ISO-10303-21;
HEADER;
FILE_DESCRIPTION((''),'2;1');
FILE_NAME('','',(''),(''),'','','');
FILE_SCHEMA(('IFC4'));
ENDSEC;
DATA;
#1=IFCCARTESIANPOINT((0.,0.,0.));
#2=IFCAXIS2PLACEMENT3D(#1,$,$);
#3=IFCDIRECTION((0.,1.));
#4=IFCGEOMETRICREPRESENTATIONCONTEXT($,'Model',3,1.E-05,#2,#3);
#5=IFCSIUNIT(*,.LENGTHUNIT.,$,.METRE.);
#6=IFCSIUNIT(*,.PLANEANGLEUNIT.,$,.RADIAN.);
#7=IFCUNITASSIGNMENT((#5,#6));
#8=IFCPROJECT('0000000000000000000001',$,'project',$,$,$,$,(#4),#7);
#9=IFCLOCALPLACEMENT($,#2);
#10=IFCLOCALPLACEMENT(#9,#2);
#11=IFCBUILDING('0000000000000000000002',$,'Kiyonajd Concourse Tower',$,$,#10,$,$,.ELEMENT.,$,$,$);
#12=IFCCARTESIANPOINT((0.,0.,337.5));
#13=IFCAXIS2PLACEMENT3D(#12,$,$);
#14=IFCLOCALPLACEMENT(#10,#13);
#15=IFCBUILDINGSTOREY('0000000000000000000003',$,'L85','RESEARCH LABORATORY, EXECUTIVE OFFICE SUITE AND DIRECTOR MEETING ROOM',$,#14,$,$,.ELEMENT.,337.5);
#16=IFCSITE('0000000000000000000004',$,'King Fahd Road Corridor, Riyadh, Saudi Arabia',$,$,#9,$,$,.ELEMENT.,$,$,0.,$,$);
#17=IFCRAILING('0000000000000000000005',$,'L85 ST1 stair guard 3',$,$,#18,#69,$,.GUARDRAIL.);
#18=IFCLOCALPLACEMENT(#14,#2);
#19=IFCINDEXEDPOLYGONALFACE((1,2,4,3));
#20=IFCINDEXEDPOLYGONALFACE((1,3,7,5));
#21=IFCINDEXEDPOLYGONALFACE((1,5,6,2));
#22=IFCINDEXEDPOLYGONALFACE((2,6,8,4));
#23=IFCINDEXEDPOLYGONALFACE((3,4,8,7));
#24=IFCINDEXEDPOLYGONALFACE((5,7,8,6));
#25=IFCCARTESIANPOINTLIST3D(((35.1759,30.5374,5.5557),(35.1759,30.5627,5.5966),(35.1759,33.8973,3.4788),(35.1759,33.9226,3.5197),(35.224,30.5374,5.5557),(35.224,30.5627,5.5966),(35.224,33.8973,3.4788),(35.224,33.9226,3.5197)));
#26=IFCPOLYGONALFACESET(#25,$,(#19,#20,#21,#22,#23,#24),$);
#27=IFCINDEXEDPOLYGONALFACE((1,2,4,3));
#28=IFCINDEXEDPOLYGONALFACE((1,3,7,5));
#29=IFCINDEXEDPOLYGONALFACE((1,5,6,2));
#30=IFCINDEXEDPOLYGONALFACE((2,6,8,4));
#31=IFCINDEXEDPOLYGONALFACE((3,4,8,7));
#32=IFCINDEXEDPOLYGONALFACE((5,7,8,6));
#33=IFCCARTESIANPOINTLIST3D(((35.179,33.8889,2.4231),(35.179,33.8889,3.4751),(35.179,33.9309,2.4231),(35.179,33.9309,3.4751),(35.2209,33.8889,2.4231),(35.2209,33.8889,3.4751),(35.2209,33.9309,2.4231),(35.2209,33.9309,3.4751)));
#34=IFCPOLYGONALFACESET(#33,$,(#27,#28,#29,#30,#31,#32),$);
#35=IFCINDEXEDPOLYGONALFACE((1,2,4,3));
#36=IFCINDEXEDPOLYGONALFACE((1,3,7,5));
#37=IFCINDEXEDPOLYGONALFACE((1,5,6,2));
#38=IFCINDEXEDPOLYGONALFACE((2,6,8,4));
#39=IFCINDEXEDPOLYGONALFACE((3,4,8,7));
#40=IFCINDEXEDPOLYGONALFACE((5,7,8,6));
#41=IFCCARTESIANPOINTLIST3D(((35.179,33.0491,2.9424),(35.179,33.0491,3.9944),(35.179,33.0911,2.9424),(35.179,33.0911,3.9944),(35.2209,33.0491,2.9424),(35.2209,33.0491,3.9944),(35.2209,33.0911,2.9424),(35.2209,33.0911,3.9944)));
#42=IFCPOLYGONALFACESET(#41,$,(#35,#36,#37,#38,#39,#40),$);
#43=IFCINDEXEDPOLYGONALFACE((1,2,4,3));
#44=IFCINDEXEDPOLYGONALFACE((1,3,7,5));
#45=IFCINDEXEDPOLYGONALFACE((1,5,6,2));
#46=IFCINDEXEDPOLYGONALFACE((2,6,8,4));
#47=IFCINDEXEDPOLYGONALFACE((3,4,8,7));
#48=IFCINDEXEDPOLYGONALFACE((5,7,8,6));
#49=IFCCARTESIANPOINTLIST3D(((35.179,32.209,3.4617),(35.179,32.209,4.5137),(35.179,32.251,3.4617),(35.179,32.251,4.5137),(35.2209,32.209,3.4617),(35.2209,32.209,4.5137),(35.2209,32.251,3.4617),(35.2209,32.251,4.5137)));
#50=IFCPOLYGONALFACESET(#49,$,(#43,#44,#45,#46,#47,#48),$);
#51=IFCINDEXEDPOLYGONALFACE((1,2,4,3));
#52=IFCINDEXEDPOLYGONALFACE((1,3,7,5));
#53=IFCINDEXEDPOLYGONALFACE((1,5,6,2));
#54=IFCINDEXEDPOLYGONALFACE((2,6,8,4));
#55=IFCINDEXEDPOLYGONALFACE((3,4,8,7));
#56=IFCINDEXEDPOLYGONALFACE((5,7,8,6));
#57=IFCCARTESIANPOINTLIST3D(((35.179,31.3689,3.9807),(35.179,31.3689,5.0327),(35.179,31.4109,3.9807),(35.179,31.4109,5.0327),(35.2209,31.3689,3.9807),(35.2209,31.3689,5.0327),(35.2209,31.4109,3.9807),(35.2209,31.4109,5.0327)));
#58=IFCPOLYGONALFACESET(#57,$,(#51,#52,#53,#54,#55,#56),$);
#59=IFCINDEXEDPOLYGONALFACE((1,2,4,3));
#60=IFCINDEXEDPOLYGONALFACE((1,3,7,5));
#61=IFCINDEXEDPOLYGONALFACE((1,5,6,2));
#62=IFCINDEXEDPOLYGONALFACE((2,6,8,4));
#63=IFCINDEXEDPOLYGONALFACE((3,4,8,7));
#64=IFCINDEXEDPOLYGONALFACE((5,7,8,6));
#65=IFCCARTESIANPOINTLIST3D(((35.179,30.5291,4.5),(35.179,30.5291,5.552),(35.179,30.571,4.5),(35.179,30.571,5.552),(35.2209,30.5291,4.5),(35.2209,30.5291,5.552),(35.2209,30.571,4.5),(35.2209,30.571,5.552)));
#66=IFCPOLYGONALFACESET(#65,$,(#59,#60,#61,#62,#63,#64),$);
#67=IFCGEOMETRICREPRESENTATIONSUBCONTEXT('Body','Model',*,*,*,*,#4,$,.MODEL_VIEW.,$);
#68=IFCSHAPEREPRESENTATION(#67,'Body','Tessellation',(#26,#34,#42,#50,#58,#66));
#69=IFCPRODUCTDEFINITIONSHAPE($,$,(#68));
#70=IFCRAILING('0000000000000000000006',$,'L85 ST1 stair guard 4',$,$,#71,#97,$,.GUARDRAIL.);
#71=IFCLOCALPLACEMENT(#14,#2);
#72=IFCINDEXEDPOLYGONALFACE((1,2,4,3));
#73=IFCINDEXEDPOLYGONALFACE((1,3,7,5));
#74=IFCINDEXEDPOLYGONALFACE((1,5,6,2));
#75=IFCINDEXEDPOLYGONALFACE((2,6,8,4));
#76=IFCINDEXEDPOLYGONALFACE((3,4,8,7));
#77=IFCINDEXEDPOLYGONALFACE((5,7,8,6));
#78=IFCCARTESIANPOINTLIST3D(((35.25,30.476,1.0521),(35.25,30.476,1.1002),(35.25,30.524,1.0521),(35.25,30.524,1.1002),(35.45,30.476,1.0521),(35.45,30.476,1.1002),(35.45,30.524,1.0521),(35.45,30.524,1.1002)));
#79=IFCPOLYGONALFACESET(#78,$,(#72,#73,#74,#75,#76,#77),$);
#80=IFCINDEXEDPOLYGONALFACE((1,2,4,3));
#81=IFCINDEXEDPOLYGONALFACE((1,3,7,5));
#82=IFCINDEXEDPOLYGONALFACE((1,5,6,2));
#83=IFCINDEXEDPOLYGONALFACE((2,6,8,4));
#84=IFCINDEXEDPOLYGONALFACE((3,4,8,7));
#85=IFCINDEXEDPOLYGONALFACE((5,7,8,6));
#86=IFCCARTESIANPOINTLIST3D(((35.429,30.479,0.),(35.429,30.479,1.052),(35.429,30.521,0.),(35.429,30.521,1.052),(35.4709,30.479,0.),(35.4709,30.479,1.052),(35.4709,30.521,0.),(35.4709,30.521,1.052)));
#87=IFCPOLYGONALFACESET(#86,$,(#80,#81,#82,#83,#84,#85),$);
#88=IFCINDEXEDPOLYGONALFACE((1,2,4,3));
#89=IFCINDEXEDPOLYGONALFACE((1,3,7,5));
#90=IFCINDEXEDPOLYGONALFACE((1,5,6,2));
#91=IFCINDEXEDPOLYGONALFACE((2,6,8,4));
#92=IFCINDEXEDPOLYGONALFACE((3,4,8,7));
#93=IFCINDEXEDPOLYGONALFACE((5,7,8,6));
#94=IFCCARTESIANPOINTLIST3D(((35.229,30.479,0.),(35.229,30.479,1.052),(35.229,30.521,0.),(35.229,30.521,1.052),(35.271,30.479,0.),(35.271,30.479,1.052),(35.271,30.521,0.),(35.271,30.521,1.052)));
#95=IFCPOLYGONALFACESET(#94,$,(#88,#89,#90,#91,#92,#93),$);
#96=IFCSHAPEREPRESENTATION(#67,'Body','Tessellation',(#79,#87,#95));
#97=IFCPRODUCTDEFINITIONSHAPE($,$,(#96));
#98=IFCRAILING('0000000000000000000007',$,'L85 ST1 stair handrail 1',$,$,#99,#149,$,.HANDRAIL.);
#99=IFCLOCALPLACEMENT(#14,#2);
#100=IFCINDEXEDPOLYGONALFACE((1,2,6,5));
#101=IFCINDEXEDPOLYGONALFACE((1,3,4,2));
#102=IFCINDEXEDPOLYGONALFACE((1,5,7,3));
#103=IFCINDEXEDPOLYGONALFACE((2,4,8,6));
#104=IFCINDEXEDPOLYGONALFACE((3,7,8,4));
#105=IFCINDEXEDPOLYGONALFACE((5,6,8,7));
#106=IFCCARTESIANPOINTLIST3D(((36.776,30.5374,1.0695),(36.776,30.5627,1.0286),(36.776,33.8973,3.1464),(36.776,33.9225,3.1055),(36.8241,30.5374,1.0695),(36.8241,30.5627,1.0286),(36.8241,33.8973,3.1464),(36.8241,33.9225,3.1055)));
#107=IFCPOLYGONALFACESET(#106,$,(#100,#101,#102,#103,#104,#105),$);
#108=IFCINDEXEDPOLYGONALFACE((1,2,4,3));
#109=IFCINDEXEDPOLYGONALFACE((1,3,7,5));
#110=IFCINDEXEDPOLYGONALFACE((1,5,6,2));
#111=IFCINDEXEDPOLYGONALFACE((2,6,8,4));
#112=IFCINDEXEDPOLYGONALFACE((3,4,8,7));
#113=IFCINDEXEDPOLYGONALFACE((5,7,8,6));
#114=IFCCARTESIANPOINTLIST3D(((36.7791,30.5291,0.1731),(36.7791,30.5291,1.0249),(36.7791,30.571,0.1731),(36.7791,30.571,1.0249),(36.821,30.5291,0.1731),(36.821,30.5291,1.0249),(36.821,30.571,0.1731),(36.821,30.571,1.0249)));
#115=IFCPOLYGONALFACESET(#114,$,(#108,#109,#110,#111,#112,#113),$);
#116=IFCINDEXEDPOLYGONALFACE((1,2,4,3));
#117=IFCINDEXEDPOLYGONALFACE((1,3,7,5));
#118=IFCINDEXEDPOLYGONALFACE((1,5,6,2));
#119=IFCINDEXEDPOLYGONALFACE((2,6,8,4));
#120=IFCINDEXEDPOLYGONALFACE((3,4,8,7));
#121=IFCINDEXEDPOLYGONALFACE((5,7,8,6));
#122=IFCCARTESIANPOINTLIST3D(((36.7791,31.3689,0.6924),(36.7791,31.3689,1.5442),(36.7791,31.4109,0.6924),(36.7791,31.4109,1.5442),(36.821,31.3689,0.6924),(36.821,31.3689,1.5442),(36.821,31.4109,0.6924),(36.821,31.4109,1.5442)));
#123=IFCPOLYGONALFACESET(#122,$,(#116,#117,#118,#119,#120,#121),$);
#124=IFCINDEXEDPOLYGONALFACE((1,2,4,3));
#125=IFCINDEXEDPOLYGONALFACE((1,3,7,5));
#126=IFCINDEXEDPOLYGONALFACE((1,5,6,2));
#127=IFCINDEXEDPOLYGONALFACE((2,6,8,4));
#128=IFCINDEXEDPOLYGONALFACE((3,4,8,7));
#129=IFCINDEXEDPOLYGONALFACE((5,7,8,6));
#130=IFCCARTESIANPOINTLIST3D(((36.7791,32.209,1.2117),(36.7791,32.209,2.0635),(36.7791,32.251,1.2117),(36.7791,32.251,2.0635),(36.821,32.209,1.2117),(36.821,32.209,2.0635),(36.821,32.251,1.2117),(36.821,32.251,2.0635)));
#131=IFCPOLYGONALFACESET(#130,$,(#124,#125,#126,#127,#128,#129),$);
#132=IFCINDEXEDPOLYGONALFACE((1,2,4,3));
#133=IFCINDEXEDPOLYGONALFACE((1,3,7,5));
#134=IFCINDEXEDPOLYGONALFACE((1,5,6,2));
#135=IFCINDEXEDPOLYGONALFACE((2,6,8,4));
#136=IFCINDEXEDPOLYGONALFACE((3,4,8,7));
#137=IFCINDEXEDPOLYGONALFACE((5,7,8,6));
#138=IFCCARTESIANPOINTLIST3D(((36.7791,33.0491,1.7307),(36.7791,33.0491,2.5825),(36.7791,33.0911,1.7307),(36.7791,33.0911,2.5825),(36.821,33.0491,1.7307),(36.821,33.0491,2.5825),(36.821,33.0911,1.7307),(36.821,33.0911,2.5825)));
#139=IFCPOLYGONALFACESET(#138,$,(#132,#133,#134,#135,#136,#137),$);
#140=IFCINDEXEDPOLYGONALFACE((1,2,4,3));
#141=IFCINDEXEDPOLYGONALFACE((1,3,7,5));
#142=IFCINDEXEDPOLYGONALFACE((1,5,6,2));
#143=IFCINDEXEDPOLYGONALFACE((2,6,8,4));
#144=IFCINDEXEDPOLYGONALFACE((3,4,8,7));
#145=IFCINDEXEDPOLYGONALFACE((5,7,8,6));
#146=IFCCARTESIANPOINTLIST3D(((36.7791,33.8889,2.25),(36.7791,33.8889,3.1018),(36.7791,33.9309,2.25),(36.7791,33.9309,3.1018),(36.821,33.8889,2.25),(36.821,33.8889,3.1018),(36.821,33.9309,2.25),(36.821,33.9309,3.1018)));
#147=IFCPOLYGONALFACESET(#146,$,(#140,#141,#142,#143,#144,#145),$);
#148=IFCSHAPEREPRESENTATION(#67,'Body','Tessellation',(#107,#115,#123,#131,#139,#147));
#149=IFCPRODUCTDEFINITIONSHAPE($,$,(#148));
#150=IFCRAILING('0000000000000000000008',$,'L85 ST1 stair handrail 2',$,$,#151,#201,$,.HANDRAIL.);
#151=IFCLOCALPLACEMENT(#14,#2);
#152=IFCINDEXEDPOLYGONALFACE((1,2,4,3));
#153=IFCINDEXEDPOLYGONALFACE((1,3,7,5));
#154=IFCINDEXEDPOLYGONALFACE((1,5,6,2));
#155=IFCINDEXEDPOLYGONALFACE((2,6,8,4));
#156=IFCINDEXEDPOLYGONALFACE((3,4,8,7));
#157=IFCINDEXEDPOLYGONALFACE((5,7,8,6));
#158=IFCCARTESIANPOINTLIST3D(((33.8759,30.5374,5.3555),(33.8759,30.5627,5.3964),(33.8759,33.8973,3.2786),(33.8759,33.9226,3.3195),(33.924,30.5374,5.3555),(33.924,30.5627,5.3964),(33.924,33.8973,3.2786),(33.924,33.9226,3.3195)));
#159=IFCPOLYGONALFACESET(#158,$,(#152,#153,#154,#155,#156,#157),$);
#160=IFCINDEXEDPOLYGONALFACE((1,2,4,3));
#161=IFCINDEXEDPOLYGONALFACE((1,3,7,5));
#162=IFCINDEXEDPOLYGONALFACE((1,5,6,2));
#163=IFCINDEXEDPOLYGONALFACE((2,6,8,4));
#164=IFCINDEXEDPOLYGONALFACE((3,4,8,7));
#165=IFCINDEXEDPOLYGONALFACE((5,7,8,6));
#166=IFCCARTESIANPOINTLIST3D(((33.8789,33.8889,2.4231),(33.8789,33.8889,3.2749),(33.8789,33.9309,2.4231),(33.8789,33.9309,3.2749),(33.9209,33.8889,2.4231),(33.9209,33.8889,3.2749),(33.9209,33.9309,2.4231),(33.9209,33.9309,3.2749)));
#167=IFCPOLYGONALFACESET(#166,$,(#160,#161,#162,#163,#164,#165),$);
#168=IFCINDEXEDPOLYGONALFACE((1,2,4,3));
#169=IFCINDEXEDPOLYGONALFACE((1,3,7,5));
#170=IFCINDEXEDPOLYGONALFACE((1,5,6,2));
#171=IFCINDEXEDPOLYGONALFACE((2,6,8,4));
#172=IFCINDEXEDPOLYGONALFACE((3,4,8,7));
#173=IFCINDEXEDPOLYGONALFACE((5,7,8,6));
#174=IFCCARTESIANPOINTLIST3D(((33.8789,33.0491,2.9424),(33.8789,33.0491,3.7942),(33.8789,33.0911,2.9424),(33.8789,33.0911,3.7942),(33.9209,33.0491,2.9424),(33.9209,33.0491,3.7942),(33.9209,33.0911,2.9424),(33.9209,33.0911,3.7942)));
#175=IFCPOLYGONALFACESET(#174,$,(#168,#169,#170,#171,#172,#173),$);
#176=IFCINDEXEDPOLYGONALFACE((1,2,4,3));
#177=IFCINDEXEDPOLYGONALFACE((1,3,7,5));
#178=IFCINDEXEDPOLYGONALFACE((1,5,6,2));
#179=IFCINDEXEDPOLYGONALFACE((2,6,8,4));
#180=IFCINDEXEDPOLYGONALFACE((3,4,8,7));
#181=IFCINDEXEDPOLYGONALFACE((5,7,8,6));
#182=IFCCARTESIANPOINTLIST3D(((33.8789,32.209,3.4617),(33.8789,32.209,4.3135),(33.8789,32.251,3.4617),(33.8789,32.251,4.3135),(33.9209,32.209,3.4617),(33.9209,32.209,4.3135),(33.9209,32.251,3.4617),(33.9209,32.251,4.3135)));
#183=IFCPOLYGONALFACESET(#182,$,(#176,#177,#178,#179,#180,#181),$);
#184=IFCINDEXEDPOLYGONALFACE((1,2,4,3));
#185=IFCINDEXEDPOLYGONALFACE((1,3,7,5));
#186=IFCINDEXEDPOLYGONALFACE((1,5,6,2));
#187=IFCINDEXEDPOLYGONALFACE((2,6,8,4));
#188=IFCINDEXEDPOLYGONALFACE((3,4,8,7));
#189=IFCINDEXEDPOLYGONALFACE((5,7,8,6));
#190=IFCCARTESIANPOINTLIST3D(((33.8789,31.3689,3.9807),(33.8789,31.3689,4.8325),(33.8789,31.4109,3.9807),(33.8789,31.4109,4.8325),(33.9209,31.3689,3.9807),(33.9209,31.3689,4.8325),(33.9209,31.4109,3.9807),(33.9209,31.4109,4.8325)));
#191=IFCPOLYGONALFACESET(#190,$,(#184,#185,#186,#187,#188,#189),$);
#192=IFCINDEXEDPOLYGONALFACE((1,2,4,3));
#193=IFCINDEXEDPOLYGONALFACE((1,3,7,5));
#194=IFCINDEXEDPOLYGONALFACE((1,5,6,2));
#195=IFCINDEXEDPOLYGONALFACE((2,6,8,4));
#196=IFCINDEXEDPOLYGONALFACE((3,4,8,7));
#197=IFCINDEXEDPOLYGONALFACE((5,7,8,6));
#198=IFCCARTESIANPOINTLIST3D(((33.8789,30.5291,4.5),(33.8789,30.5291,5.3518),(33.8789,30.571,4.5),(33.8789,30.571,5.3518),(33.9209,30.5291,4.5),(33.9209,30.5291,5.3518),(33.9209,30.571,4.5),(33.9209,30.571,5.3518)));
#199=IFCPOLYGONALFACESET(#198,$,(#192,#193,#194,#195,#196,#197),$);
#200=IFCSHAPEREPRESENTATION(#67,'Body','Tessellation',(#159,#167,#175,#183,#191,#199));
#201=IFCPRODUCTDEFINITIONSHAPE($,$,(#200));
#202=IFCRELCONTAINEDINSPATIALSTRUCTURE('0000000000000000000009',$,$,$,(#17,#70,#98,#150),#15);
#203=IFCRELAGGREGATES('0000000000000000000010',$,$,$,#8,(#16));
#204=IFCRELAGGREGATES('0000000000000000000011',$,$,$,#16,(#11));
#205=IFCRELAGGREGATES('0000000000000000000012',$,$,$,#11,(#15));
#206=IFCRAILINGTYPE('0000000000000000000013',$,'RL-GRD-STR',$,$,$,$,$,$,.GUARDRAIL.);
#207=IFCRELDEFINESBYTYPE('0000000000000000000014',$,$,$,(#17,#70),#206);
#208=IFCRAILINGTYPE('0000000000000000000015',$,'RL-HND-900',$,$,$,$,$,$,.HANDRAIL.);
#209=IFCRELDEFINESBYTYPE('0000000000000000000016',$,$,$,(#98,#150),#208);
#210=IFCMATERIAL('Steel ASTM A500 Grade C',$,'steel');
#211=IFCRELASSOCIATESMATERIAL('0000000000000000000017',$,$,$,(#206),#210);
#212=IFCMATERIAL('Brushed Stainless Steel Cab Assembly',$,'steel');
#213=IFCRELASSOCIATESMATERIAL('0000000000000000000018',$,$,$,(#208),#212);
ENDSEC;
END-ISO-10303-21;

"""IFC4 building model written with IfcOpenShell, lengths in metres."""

from ifc_helpers import new_model, si_unit, direction, frame, origin, origin_2d, place, context, subcontext, project, spatial, rectangle, extrude, material, type_object, element, save


model = new_model("IFC4")

# Units and contexts
model_context = context("Model", 3, precision=1e-05, world=origin(), true_north=direction((0.0, 1.0)))
body_context = subcontext(model_context, "Body", "Model", "MODEL_VIEW")
ifc_project = project(units=[si_unit("LENGTHUNIT", "METRE"), si_unit("PLANEANGLEUNIT", "RADIAN")], contexts=[model_context])

# Site, building, storey
site_placement = place(None, origin())
site = spatial("IfcSite", under=ifc_project, at=site_placement, Name="King Fahd Road Corridor, Riyadh, Saudi Arabia", CompositionType="ELEMENT", RefElevation=0.0)
building_placement = place(site_placement, origin())
building = spatial("IfcBuilding", under=site, at=building_placement, Name="Kiyonajd Concourse Tower", CompositionType="ELEMENT")
storey_placement = place(building_placement, frame((0.0, 0.0, 337.5)))
storey = spatial("IfcBuildingStorey", under=building, at=storey_placement, Name="L85", Description="RESEARCH LABORATORY, EXECUTIVE OFFICE SUITE AND DIRECTOR MEETING ROOM", CompositionType="ELEMENT", Elevation=337.5)

# Shared definitions
ifc_material_1 = material(Name="Brushed Stainless Steel Cab Assembly", Category="steel")

# Railings
ifc_material_2 = material(Name="Steel ASTM A500 Grade C", Category="steel")
railing_type_1 = type_object("IfcRailingType", Name="RL-GRD-STR", PredefinedType="GUARDRAIL", material=ifc_material_2)
railing_1_placement = place(storey_placement, frame((35.2, 33.9099, 2.4231)))
element("IfcRailing", 1, at=railing_1_placement, inside=storey, type_object=railing_type_1, Name="L85 ST1 stair guard 3", PredefinedType="GUARDRAIL", context=body_context, shape_type="SweptSolid", body=[
    extrude(rectangle(XDim=0.0481, YDim=0.0481, at=origin_2d()), frame((0.0, 0.0, 1.0762), z_axis=(0.0, -0.850606, 0.525803), x_axis=(1.0, 0.0, 0.0)), (0.0, 0.0, 1.0), 3.95),
    extrude(rectangle(XDim=0.042, YDim=0.042, at=origin_2d()), origin(), (0.0, 0.0, 1.0), 1.052),
    extrude(rectangle(XDim=0.042, YDim=0.042, at=origin_2d()), frame((0.0, -0.8398, 0.5193)), (0.0, 0.0, 1.0), 1.052),
    extrude(rectangle(XDim=0.042, YDim=0.042, at=origin_2d()), frame((0.0, -1.6799, 1.0386)), (0.0, 0.0, 1.0), 1.052),
    extrude(rectangle(XDim=0.042, YDim=0.042, at=origin_2d()), frame((0.0, -2.52, 1.5576)), (0.0, 0.0, 1.0), 1.052),
    extrude(rectangle(XDim=0.042, YDim=0.042, at=origin_2d()), frame((0.0, -3.3599, 2.0769)), (0.0, 0.0, 1.0), 1.052),
])
railing_2_placement = place(storey_placement, frame((35.45, 30.5, 0.0)))
element("IfcRailing", 2, at=railing_2_placement, inside=storey, type_object=railing_type_1, Name="L85 ST1 stair guard 4", PredefinedType="GUARDRAIL", context=body_context, shape_type="SweptSolid", body=[
    extrude(rectangle(XDim=0.0481, YDim=0.0481, at=origin_2d()), frame((0.0, 0.0, 1.0762), z_axis=(-1.0, 0.0, 0.0), x_axis=(0.0, -1.0, 0.0)), (0.0, 0.0, 1.0), 0.2),
    extrude(rectangle(XDim=0.042, YDim=0.042, at=origin_2d()), origin(), (0.0, 0.0, 1.0), 1.052),
    extrude(rectangle(XDim=0.042, YDim=0.042, at=origin_2d()), frame((-0.2, 0.0, 0.0)), (0.0, 0.0, 1.0), 1.052),
])
railing_type_2 = type_object("IfcRailingType", Name="RL-HND-900", PredefinedType="HANDRAIL", material=ifc_material_1)
railing_3_placement = place(storey_placement, frame((36.8, 30.55, 0.1731)))
element("IfcRailing", 3, at=railing_3_placement, inside=storey, type_object=railing_type_2, Name="L85 ST1 stair handrail 1", PredefinedType="HANDRAIL", context=body_context, shape_type="SweptSolid", body=[
    extrude(rectangle(XDim=0.0481, YDim=0.0481, at=origin_2d()), frame((0.0, 0.0, 0.876), z_axis=(0.0, 0.850606, 0.525803), x_axis=(-1.0, 0.0, 0.0)), (0.0, 0.0, 1.0), 3.95),
    extrude(rectangle(XDim=0.042, YDim=0.042, at=origin_2d()), origin(), (0.0, 0.0, 1.0), 0.8518),
    extrude(rectangle(XDim=0.042, YDim=0.042, at=origin_2d()), frame((0.0, 0.8398, 0.5193)), (0.0, 0.0, 1.0), 0.8518),
    extrude(rectangle(XDim=0.042, YDim=0.042, at=origin_2d()), frame((0.0, 1.6799, 1.0386)), (0.0, 0.0, 1.0), 0.8518),
    extrude(rectangle(XDim=0.042, YDim=0.042, at=origin_2d()), frame((0.0, 2.52, 1.5576)), (0.0, 0.0, 1.0), 0.8518),
    extrude(rectangle(XDim=0.042, YDim=0.042, at=origin_2d()), frame((0.0, 3.3599, 2.0769)), (0.0, 0.0, 1.0), 0.8518),
])
railing_4_placement = place(storey_placement, frame((33.8999, 33.9099, 2.4231)))
element("IfcRailing", 4, at=railing_4_placement, inside=storey, type_object=railing_type_2, Name="L85 ST1 stair handrail 2", PredefinedType="HANDRAIL", context=body_context, shape_type="SweptSolid", body=[
    extrude(rectangle(XDim=0.0481, YDim=0.0481, at=origin_2d()), frame((0.0, 0.0, 0.876), z_axis=(0.0, -0.850606, 0.525803), x_axis=(1.0, 0.0, 0.0)), (0.0, 0.0, 1.0), 3.95),
    extrude(rectangle(XDim=0.042, YDim=0.042, at=origin_2d()), origin(), (0.0, 0.0, 1.0), 0.8518),
    extrude(rectangle(XDim=0.042, YDim=0.042, at=origin_2d()), frame((0.0, -0.8398, 0.5193)), (0.0, 0.0, 1.0), 0.8518),
    extrude(rectangle(XDim=0.042, YDim=0.042, at=origin_2d()), frame((0.0, -1.6799, 1.0386)), (0.0, 0.0, 1.0), 0.8518),
    extrude(rectangle(XDim=0.042, YDim=0.042, at=origin_2d()), frame((0.0, -2.52, 1.5576)), (0.0, 0.0, 1.0), 0.8518),
    extrude(rectangle(XDim=0.042, YDim=0.042, at=origin_2d()), frame((0.0, -3.3599, 2.0769)), (0.0, 0.0, 1.0), 0.8518),
])

save(model, "model.ifc")
